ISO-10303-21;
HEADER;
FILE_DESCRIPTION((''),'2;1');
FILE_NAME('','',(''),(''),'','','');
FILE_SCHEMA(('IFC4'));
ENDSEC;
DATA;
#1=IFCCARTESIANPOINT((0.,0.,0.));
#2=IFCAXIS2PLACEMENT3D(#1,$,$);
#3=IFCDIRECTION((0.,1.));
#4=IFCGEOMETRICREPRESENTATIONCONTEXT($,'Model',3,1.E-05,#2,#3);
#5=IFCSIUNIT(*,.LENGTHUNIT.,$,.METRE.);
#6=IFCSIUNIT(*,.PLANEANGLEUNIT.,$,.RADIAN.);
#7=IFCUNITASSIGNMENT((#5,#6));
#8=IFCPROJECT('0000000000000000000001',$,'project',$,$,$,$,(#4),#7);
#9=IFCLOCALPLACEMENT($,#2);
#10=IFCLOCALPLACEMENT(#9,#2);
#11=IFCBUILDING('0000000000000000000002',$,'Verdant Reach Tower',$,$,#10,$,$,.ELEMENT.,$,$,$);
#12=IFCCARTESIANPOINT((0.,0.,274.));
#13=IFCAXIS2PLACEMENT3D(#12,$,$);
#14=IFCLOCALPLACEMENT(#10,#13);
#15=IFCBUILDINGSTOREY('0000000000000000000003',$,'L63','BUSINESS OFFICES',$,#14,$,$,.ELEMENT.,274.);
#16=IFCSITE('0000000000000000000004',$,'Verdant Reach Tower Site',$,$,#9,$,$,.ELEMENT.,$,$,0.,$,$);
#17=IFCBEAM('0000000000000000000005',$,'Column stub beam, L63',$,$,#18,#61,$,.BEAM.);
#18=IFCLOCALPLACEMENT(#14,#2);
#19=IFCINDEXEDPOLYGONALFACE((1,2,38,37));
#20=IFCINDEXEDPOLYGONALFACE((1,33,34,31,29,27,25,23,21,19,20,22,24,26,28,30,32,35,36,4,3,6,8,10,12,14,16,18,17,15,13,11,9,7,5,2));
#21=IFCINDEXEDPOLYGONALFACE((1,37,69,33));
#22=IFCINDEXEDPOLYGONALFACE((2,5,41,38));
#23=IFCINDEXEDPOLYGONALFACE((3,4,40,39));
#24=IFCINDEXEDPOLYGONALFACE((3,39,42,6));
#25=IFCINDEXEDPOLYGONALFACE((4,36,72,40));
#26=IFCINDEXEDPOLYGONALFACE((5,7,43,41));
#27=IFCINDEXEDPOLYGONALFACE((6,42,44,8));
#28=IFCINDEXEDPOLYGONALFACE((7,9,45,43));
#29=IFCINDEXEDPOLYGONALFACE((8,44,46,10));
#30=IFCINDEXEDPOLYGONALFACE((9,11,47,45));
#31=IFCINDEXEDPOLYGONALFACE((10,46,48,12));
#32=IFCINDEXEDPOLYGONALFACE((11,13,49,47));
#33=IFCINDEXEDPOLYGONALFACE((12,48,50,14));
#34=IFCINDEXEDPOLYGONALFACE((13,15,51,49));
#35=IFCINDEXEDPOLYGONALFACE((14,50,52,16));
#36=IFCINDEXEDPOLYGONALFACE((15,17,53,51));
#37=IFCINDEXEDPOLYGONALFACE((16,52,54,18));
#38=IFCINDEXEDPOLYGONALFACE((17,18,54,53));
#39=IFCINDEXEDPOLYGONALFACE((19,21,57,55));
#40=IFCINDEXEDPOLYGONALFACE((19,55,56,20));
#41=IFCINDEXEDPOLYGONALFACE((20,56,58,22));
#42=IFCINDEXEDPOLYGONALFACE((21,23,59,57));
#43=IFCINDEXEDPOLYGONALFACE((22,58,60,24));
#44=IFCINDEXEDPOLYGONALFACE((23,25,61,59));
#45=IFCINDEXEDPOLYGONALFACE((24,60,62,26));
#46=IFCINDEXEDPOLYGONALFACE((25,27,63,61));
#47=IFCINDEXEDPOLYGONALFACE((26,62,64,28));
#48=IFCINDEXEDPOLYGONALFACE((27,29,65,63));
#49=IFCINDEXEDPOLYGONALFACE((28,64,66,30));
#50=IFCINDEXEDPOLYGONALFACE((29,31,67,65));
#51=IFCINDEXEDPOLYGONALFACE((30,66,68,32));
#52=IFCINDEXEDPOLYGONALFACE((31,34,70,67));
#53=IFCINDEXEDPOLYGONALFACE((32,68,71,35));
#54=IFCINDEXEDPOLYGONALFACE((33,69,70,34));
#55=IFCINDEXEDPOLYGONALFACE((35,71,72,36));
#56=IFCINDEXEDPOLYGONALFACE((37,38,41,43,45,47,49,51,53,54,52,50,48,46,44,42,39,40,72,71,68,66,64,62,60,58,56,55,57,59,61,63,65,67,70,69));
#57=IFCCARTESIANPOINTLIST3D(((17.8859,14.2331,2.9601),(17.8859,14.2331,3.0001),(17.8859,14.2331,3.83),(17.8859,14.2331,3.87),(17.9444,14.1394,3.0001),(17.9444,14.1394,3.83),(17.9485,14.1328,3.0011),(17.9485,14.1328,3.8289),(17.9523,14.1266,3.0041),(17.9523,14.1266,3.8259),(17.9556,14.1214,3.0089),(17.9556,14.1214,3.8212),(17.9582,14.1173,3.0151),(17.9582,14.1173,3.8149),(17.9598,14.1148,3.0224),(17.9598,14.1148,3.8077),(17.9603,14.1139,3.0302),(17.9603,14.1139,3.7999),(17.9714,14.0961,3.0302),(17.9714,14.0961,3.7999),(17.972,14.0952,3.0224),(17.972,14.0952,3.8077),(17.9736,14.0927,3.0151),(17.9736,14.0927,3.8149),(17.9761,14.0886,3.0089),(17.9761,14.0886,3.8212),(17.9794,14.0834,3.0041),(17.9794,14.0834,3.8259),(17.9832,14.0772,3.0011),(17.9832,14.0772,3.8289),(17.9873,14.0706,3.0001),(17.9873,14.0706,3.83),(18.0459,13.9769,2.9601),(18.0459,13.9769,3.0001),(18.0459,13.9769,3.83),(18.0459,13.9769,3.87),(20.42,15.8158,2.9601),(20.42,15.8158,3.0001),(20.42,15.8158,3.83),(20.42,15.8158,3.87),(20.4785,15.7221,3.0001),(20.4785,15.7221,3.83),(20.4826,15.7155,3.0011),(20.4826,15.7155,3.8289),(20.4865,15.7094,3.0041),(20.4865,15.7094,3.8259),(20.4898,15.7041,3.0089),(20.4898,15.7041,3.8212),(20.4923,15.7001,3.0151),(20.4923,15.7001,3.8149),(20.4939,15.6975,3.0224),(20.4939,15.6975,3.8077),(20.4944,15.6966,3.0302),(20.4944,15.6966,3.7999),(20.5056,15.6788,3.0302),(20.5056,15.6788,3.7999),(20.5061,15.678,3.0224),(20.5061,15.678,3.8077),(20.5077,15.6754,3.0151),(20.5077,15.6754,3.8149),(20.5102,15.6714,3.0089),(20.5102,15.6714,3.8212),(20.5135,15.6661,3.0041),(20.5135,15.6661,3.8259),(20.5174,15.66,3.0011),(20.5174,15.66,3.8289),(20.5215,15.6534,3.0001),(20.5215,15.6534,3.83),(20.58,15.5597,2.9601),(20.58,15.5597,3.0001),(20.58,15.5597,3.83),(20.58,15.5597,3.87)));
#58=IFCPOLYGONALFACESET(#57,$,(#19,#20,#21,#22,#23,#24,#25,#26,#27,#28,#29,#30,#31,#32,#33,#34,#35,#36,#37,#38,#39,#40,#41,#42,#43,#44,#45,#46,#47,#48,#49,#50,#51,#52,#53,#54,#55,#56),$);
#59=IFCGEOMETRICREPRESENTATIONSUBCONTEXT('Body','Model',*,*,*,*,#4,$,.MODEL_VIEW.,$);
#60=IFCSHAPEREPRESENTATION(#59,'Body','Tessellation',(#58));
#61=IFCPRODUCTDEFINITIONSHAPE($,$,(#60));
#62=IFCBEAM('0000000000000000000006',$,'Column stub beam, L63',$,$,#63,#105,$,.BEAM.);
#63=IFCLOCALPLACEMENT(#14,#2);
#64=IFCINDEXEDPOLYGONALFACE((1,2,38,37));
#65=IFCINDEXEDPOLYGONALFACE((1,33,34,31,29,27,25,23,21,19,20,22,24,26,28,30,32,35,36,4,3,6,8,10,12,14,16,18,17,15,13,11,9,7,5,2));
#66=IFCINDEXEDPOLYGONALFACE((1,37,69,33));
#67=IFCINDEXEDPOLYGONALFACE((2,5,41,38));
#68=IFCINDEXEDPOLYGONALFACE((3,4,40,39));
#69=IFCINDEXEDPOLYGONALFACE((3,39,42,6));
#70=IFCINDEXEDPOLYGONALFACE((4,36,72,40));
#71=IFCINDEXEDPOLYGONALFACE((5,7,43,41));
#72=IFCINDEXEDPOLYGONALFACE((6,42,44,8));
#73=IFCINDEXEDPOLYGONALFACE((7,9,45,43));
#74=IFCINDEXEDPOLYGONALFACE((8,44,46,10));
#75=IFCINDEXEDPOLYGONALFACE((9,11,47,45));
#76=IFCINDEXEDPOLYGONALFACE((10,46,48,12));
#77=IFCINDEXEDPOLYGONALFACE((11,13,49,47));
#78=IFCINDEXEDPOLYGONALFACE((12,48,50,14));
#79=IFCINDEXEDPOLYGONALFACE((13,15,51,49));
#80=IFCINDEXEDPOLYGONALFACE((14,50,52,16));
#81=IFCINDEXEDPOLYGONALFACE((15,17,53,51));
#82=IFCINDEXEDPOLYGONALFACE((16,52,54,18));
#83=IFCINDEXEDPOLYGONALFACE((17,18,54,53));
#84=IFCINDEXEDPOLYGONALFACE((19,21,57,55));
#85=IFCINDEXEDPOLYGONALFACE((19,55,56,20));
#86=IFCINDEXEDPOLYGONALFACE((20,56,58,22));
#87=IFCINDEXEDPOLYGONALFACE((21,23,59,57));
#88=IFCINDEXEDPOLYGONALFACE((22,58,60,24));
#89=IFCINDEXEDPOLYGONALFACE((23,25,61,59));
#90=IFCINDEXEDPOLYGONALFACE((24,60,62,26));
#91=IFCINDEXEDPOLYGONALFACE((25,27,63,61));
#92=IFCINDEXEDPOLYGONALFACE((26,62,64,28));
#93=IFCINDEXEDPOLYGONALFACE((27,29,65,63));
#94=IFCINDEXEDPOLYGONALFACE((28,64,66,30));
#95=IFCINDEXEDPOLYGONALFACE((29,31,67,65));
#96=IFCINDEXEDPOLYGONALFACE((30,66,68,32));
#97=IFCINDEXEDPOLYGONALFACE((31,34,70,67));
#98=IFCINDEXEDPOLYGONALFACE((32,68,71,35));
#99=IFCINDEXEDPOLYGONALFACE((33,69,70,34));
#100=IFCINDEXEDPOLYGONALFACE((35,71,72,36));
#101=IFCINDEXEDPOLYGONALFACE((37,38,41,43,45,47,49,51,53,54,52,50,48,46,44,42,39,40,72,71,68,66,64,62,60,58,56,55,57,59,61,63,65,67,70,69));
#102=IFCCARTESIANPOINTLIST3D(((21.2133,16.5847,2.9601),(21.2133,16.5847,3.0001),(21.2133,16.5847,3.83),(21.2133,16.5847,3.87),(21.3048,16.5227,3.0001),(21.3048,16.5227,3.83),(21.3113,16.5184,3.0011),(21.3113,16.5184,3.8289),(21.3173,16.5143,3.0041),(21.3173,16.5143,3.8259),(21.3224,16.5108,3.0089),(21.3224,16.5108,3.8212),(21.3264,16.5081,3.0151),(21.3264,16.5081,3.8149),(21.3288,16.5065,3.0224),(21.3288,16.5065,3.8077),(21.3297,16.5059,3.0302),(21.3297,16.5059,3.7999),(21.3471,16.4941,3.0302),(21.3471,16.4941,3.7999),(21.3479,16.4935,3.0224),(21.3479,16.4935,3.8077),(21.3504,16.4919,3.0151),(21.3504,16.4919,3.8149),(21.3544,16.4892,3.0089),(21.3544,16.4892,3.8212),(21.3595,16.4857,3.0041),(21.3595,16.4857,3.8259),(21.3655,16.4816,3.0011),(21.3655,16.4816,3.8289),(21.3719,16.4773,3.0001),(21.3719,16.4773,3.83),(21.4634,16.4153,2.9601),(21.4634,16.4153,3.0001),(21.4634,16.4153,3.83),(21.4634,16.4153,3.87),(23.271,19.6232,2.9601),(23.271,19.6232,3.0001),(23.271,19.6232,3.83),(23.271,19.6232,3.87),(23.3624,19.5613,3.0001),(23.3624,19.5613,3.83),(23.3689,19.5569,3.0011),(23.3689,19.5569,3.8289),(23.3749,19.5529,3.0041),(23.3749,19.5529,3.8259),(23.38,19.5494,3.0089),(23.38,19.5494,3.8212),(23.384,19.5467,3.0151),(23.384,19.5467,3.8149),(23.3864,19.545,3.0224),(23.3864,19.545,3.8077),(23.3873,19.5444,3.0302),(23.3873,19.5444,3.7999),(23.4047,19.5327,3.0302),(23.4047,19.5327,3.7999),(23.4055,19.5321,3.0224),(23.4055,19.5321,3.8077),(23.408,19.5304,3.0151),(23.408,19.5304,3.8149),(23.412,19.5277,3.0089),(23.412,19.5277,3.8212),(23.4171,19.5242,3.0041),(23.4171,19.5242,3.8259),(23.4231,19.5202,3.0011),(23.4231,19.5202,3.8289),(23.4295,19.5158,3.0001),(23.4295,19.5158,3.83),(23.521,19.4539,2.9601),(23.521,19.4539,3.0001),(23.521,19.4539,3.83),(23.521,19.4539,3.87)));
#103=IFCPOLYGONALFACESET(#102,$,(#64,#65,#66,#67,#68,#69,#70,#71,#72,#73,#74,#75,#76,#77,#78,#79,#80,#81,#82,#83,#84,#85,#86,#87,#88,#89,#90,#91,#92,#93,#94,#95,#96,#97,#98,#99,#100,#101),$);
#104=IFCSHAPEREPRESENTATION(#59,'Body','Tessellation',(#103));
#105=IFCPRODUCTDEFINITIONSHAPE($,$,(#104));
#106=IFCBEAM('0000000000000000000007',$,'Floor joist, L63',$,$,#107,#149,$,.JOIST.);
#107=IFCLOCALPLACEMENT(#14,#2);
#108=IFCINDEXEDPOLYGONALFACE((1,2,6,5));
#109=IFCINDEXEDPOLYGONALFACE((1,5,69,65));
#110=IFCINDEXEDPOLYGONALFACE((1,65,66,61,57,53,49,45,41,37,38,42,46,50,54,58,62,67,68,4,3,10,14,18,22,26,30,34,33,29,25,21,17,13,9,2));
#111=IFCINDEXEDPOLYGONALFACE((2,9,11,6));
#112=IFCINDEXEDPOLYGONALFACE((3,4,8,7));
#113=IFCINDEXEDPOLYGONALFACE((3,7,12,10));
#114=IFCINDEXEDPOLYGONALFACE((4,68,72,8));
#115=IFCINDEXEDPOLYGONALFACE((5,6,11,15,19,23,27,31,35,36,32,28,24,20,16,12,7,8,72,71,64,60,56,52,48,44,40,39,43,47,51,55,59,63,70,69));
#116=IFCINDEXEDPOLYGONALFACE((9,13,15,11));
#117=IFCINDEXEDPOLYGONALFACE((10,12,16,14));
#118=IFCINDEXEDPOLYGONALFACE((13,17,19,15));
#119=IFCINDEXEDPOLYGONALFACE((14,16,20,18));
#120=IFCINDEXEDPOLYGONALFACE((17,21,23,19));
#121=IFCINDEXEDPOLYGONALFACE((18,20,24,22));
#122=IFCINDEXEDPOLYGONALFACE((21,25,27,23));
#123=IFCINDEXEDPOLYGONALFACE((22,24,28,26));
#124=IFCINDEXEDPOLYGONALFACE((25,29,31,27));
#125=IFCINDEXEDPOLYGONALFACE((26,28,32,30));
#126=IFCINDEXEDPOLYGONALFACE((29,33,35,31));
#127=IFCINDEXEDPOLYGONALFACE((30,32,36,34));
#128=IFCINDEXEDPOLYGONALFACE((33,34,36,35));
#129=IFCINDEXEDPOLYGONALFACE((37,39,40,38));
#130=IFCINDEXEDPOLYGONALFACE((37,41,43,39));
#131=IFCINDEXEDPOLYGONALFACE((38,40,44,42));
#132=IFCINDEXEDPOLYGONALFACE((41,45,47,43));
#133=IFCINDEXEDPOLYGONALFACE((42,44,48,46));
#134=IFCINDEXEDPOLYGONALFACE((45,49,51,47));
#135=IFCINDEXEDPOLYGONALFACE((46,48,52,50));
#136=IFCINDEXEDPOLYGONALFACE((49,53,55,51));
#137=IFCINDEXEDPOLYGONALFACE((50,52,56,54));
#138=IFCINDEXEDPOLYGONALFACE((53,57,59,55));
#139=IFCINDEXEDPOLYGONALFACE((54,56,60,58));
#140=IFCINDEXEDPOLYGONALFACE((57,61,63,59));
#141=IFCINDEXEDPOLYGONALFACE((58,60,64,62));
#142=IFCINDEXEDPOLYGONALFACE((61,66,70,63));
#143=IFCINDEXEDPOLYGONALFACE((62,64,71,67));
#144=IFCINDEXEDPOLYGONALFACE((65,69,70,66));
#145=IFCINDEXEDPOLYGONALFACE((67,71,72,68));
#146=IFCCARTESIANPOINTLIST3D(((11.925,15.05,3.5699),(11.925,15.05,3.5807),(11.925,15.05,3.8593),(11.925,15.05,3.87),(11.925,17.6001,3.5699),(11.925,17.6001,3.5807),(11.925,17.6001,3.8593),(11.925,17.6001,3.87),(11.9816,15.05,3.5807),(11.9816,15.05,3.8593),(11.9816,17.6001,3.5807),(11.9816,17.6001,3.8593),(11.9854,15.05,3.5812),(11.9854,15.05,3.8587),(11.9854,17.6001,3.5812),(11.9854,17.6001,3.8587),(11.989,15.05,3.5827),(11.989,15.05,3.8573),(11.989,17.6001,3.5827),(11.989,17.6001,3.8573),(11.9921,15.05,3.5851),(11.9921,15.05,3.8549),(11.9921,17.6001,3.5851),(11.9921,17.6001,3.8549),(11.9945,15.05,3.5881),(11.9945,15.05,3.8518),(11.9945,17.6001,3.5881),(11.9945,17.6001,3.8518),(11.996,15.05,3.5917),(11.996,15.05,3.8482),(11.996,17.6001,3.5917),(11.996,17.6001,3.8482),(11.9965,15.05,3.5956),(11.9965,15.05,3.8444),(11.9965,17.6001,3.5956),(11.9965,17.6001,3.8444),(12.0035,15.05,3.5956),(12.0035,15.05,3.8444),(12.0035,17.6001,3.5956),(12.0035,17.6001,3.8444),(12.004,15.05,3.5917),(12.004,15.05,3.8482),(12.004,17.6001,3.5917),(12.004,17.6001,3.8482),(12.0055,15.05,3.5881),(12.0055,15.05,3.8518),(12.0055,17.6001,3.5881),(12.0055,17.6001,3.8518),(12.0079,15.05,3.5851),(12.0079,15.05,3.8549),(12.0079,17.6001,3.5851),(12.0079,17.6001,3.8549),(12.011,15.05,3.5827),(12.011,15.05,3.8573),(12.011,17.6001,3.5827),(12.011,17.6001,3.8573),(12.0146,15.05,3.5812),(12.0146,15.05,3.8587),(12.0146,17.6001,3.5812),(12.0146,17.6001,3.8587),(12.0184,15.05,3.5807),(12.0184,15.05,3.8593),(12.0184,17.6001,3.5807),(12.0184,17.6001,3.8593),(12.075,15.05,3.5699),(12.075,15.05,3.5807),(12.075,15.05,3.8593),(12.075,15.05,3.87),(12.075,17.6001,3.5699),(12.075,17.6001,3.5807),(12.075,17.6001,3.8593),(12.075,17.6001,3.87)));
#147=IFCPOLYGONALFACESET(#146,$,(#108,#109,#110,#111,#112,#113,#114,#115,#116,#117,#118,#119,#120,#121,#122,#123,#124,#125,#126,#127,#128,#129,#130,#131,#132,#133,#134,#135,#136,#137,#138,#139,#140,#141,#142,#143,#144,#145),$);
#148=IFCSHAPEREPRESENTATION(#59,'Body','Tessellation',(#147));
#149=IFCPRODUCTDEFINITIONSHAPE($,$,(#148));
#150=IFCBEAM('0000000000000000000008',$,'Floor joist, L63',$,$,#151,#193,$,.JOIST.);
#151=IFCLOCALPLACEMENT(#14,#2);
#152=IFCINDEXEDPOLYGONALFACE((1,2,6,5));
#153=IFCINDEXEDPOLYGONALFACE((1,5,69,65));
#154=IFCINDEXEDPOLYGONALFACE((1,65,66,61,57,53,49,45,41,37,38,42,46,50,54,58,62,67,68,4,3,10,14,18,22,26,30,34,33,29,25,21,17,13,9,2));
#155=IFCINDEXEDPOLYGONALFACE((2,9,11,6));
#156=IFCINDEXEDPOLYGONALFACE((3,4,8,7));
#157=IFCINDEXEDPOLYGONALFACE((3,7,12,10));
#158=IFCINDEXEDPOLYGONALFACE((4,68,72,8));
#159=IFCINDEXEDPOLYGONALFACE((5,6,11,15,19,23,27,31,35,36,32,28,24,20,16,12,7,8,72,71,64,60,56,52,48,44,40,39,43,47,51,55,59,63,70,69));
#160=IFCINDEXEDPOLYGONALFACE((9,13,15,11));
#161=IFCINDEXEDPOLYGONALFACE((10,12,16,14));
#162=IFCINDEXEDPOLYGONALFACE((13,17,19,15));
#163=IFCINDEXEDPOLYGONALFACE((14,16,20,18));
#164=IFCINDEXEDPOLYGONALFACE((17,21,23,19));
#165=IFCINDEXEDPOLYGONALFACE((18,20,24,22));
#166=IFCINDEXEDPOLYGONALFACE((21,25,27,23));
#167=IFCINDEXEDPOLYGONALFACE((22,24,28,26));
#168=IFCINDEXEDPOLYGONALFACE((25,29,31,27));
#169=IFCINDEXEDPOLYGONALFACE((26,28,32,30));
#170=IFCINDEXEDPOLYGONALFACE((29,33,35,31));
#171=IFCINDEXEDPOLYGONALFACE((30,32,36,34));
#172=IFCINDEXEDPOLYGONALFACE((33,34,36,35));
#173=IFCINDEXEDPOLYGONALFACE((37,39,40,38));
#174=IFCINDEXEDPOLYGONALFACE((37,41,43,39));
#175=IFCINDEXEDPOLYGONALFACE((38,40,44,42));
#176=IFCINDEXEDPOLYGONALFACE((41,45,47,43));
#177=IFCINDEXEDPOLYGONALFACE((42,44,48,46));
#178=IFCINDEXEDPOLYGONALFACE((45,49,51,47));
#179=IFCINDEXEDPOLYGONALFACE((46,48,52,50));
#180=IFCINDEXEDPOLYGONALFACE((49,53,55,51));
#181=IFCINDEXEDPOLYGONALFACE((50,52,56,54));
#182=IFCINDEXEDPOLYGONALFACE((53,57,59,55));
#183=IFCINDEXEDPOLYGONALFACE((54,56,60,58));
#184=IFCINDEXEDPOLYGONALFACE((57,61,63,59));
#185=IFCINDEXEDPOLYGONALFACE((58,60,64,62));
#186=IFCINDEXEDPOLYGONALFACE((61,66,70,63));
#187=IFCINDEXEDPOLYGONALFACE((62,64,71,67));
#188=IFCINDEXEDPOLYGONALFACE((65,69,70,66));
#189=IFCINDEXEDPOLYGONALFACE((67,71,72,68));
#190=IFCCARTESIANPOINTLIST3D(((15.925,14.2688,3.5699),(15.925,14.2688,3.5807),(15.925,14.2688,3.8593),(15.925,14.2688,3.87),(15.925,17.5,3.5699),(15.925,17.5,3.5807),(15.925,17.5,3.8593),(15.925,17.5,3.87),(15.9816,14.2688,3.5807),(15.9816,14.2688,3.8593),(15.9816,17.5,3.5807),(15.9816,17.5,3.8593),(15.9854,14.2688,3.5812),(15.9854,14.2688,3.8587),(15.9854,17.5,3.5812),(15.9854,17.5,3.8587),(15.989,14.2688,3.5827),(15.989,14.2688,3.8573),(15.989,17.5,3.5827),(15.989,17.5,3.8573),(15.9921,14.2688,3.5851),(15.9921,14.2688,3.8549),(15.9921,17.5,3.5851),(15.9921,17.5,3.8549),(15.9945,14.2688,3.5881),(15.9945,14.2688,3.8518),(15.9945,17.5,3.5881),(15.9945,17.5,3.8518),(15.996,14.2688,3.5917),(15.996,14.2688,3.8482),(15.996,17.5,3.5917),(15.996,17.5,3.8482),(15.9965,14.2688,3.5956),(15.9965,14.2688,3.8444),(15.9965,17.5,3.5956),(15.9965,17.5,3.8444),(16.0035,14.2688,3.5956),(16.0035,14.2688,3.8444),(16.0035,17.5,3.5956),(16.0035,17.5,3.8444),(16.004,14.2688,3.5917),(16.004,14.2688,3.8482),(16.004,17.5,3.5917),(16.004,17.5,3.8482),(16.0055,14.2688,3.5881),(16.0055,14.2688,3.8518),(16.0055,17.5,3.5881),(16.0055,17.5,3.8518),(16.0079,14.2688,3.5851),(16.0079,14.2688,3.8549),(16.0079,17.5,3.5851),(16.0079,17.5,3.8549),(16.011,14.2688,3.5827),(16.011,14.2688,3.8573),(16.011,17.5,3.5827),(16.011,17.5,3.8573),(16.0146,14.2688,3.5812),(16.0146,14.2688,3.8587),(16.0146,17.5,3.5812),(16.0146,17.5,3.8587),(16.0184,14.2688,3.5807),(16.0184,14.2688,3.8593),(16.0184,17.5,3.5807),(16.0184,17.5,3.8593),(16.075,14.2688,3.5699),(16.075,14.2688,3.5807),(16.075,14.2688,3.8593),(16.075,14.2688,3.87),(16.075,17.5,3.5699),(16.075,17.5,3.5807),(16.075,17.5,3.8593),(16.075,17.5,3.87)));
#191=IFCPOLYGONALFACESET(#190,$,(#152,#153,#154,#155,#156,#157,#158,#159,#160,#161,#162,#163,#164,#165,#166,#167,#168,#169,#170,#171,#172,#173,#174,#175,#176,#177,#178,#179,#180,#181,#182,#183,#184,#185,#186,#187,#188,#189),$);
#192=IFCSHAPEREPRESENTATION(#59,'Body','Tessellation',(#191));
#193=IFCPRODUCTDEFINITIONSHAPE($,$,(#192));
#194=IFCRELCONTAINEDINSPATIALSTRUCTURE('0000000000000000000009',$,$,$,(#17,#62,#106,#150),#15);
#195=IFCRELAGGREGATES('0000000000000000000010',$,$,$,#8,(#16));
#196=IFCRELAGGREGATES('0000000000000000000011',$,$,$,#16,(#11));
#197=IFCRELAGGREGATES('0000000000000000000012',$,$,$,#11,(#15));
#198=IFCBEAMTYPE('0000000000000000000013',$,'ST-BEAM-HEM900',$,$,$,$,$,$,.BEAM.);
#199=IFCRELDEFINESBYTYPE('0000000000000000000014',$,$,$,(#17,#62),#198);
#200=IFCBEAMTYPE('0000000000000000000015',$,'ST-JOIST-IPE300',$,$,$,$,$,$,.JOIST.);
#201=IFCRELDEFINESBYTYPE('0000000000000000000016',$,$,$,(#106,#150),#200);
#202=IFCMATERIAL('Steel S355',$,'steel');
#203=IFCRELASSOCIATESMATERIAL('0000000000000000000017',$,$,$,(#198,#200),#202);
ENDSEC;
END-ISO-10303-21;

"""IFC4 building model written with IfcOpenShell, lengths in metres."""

from ifc_helpers import new_model, si_unit, direction, frame, origin, origin_2d, place, context, subcontext, project, spatial, i_section, extrude, material, material_profile, profile_set, type_object, element, save


model = new_model("IFC4")

# Units and contexts
model_context = context("Model", 3, precision=1e-05, world=origin(), true_north=direction((0.0, 1.0)))
body_context = subcontext(model_context, "Body", "Model", "MODEL_VIEW")
ifc_project = project(units=[si_unit("LENGTHUNIT", "METRE"), si_unit("PLANEANGLEUNIT", "RADIAN")], contexts=[model_context])

# Site, building, storey
site_placement = place(None, origin())
site = spatial("IfcSite", under=ifc_project, at=site_placement, Name="Verdant Reach Tower Site", CompositionType="ELEMENT", RefElevation=0.0)
building_placement = place(site_placement, origin())
building = spatial("IfcBuilding", under=site, at=building_placement, Name="Verdant Reach Tower", CompositionType="ELEMENT")
storey_placement = place(building_placement, frame((0.0, 0.0, 274.0)))
storey = spatial("IfcBuildingStorey", under=building, at=storey_placement, Name="L63", Description="BUSINESS OFFICES", CompositionType="ELEMENT", Elevation=274.0)

# Beams
ifc_material_1 = material(Name="Steel S355", Category="steel")
ifc_material_profile_1 = material_profile(ifc_material_1, i_section(OverallWidth=0.302, OverallDepth=0.9099, WebThickness=0.021, FlangeThickness=0.04, FilletRadius=0.03, at=origin_2d()), Name="HEM 900")
ifc_profile_set_1 = profile_set([ifc_material_profile_1], Name="Steel S355")
beam_type_1 = type_object("IfcBeamType", Name="ST-BEAM-HEM900", PredefinedType="BEAM", material=ifc_profile_set_1)
beam_1_placement = place(storey_placement, frame((20.5, 15.6877, 3.415), z_axis=(-0.848164, -0.529735, 0.0), x_axis=(0.529735, -0.848164, 0.0)))
element("IfcBeam", 1, at=beam_1_placement, inside=storey, type_object=beam_type_1, Name="Column stub beam, L63", PredefinedType="BEAM", context=body_context, shape_type="SweptSolid", body=[
    extrude(i_section(OverallWidth=0.302, OverallDepth=0.9099, WebThickness=0.021, FlangeThickness=0.04, FilletRadius=0.03, at=origin_2d()), origin(), (0.0, 0.0, 1.0), 2.9878),
])
beam_2_placement = place(storey_placement, frame((21.3384, 16.5, 3.415), z_axis=(0.560704, 0.828016, 0.0), x_axis=(-0.828016, 0.560704, 0.0)))
element("IfcBeam", 2, at=beam_2_placement, inside=storey, type_object=beam_type_1, Name="Column stub beam, L63", PredefinedType="BEAM", context=body_context, shape_type="SweptSolid", body=[
    extrude(i_section(OverallWidth=0.302, OverallDepth=0.9099, WebThickness=0.021, FlangeThickness=0.04, FilletRadius=0.03, at=origin_2d()), origin(), (0.0, 0.0, 1.0), 3.6697),
])
ifc_material_profile_2 = material_profile(ifc_material_1, i_section(OverallWidth=0.1499, OverallDepth=0.3, WebThickness=0.0071, FlangeThickness=0.0107, FilletRadius=0.0149, at=origin_2d()), Name="IPE 300")
ifc_profile_set_2 = profile_set([ifc_material_profile_2], Name="Steel S355")
beam_type_2 = type_object("IfcBeamType", Name="ST-JOIST-IPE300", PredefinedType="JOIST", material=ifc_profile_set_2)
beam_3_placement = place(storey_placement, frame((12.0, 17.6001, 3.72), z_axis=(0.0, -1.0, 0.0), x_axis=(1.0, 0.0, 0.0)))
element("IfcBeam", 3, at=beam_3_placement, inside=storey, type_object=beam_type_2, Name="Floor joist, L63", PredefinedType="JOIST", context=body_context, shape_type="SweptSolid", body=[
    extrude(i_section(OverallWidth=0.1499, OverallDepth=0.3, WebThickness=0.0071, FlangeThickness=0.0107, FilletRadius=0.0149, at=origin_2d()), origin(), (0.0, 0.0, 1.0), 2.55),
])
beam_4_placement = place(storey_placement, frame((16.0, 17.5, 3.72), z_axis=(0.0, -1.0, 0.0), x_axis=(1.0, 0.0, 0.0)))
element("IfcBeam", 4, at=beam_4_placement, inside=storey, type_object=beam_type_2, Name="Floor joist, L63", PredefinedType="JOIST", context=body_context, shape_type="SweptSolid", body=[
    extrude(i_section(OverallWidth=0.1499, OverallDepth=0.3, WebThickness=0.0071, FlangeThickness=0.0107, FilletRadius=0.0149, at=origin_2d()), origin(), (0.0, 0.0, 1.0), 3.2312),
])

save(model, "model.ifc")
